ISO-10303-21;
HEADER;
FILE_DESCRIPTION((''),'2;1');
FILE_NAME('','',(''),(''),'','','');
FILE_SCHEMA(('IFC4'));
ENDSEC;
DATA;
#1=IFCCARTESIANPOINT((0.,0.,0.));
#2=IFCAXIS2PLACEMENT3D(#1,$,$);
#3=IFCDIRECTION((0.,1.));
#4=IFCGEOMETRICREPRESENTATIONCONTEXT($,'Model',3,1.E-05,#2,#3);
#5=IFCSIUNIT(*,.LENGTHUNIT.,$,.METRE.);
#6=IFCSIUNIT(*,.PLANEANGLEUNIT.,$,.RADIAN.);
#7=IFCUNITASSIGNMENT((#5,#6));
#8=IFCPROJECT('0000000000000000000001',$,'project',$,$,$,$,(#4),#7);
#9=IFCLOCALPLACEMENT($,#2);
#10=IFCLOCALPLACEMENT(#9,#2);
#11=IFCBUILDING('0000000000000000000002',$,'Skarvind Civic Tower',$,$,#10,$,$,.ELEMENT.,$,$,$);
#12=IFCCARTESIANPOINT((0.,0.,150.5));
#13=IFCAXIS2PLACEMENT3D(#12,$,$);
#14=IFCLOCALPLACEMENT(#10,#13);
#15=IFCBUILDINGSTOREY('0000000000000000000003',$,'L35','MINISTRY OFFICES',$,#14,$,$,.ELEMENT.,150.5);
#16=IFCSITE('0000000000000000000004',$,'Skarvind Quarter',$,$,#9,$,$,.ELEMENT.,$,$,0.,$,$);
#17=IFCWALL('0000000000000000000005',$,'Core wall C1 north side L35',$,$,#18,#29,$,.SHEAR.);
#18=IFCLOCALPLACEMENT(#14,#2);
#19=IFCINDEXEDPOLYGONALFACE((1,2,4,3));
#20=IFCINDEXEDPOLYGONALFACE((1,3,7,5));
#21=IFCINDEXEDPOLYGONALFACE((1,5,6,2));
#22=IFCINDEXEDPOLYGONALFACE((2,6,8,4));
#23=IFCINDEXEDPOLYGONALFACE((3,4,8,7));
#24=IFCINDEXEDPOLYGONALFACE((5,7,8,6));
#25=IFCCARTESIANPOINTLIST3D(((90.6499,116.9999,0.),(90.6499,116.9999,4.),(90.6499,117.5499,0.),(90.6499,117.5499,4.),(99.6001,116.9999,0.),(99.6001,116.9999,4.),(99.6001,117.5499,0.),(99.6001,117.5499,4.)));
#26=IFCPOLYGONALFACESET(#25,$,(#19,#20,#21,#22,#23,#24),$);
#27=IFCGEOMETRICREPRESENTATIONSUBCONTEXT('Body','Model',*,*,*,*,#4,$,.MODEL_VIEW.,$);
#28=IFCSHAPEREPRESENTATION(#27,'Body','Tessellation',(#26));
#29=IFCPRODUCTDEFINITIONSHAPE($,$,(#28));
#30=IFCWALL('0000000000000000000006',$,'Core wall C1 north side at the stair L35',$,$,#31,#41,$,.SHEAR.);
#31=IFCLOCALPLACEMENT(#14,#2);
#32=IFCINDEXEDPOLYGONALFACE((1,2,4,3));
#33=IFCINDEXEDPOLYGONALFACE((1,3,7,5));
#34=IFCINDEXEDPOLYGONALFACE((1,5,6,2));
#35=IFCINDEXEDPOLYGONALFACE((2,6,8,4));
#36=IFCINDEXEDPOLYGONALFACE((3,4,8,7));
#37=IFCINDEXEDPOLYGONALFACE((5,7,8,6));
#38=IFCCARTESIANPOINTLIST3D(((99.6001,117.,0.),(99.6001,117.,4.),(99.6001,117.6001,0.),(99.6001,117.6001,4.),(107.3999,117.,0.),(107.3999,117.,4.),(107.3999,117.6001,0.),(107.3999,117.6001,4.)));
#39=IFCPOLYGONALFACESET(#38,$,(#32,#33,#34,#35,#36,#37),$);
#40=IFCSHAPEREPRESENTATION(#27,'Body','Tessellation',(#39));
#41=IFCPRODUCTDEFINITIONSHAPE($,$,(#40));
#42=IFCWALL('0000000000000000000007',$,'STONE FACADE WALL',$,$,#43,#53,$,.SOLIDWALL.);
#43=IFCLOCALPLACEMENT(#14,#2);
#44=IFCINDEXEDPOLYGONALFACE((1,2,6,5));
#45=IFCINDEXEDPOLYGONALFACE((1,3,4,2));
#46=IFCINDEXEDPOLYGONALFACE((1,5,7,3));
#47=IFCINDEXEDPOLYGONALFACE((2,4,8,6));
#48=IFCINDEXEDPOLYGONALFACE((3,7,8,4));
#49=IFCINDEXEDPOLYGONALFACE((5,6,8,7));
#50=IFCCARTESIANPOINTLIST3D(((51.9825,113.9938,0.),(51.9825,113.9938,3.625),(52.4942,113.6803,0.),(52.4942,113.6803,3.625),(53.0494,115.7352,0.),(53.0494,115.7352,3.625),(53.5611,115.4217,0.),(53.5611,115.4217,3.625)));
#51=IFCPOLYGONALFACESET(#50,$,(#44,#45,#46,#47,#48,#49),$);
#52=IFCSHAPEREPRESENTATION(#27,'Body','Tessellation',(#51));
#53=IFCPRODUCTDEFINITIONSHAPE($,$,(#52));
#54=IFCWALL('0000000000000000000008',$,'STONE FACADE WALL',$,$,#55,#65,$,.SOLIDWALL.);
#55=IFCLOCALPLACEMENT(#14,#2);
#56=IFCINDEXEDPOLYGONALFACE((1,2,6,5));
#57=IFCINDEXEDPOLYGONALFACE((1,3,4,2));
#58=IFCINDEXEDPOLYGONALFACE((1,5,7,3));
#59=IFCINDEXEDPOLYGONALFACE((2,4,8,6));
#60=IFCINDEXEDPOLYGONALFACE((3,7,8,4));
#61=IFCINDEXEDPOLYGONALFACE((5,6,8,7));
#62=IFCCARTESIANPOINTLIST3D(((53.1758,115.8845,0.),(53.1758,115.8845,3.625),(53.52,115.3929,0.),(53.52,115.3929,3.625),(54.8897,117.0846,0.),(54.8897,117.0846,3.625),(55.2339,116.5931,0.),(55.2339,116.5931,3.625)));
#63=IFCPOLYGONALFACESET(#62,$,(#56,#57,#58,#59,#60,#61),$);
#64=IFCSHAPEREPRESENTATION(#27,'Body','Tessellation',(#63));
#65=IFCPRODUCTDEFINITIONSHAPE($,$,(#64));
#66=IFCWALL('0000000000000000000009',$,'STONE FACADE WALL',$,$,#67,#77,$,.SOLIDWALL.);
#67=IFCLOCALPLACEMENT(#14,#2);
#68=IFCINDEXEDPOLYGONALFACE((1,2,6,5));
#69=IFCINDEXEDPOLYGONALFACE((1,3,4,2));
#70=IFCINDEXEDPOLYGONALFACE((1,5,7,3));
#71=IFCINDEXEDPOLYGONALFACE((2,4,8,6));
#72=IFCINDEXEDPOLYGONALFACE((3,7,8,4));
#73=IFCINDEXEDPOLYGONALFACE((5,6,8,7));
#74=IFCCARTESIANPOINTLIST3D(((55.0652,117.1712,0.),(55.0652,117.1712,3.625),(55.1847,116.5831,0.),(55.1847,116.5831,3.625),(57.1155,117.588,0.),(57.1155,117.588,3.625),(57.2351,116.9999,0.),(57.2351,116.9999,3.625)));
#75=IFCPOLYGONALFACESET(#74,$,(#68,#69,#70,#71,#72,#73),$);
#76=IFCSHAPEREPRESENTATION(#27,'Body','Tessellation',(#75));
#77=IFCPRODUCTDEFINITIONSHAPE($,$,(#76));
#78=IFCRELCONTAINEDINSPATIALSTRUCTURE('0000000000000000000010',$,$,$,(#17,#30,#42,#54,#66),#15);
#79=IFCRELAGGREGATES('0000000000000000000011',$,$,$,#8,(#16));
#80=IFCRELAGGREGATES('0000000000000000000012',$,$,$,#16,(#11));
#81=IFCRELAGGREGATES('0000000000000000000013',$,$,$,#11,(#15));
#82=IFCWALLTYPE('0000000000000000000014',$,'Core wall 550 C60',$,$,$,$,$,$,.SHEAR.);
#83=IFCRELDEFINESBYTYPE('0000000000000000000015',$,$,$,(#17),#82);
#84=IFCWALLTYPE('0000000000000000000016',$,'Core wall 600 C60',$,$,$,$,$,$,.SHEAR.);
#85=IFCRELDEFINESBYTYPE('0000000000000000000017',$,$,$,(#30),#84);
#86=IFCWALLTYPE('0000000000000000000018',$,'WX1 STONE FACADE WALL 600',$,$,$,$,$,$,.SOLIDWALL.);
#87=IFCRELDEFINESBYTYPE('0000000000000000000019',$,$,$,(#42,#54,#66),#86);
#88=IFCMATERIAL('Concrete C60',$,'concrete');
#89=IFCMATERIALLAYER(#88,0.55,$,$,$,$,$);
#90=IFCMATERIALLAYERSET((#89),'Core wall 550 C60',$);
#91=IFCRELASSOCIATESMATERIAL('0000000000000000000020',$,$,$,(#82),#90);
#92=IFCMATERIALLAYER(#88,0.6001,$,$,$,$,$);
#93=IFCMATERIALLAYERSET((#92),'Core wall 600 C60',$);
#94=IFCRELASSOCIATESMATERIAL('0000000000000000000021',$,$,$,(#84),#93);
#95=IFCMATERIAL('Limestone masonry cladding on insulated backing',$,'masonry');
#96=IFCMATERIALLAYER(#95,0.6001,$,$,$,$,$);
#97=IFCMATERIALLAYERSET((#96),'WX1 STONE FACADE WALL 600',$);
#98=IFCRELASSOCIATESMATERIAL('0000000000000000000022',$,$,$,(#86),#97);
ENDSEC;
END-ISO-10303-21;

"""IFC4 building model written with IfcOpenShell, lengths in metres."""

from ifc_helpers import new_model, si_unit, direction, frame, frame_2d, origin, place, context, subcontext, project, spatial, rectangle, extrude, material, layer, layer_set, type_object, element, save


model = new_model("IFC4")

# Units and contexts
model_context = context("Model", 3, precision=1e-05, world=origin(), true_north=direction((0.0, 1.0)))
body_context = subcontext(model_context, "Body", "Model", "MODEL_VIEW")
ifc_project = project(units=[si_unit("LENGTHUNIT", "METRE"), si_unit("PLANEANGLEUNIT", "RADIAN")], contexts=[model_context])

# Site, building, storey
site_placement = place(None, origin())
site = spatial("IfcSite", under=ifc_project, at=site_placement, Name="Skarvind Quarter", CompositionType="ELEMENT", RefElevation=0.0)
building_placement = place(site_placement, origin())
building = spatial("IfcBuilding", under=site, at=building_placement, Name="Skarvind Civic Tower", CompositionType="ELEMENT")
storey_placement = place(building_placement, frame((0.0, 0.0, 150.5)))
storey = spatial("IfcBuildingStorey", under=building, at=storey_placement, Name="L35", Description="MINISTRY OFFICES", CompositionType="ELEMENT", Elevation=150.5)

# Walls
ifc_material_1 = material(Name="Concrete C60", Category="concrete")
ifc_layer_1 = layer(ifc_material_1, 0.55)
ifc_layer_set_1 = layer_set([ifc_layer_1], Name="Core wall 550 C60")
wall_type_1 = type_object("IfcWallType", Name="Core wall 550 C60", PredefinedType="SHEAR", material=ifc_layer_set_1)
wall_1_placement = place(storey_placement, frame((99.6001, 117.2749, 0.0), z_axis=(0.0, 0.0, 1.0), x_axis=(-1.0, 0.0, 0.0)))
element("IfcWall", 1, at=wall_1_placement, inside=storey, type_object=wall_type_1, Name="Core wall C1 north side L35", PredefinedType="SHEAR", context=body_context, shape_type="SweptSolid", body=[
    extrude(rectangle(XDim=8.9502, YDim=0.55, at=frame_2d((4.4751, 0.0))), origin(), (0.0, 0.0, 1.0), 4.0),
])
ifc_layer_2 = layer(ifc_material_1, 0.6001)
ifc_layer_set_2 = layer_set([ifc_layer_2], Name="Core wall 600 C60")
wall_type_2 = type_object("IfcWallType", Name="Core wall 600 C60", PredefinedType="SHEAR", material=ifc_layer_set_2)
wall_2_placement = place(storey_placement, frame((107.3999, 117.3, 0.0), z_axis=(0.0, 0.0, 1.0), x_axis=(-1.0, 0.0, 0.0)))
element("IfcWall", 2, at=wall_2_placement, inside=storey, type_object=wall_type_2, Name="Core wall C1 north side at the stair L35", PredefinedType="SHEAR", context=body_context, shape_type="SweptSolid", body=[
    extrude(rectangle(XDim=7.7998, YDim=0.6001, at=frame_2d((3.8999, 0.0))), origin(), (0.0, 0.0, 1.0), 4.0),
])
ifc_material_2 = material(Name="Limestone masonry cladding on insulated backing", Category="masonry")
ifc_layer_3 = layer(ifc_material_2, 0.6001)
ifc_layer_set_3 = layer_set([ifc_layer_3], Name="WX1 STONE FACADE WALL 600")
wall_type_3 = type_object("IfcWallType", Name="WX1 STONE FACADE WALL 600", PredefinedType="SOLIDWALL", material=ifc_layer_set_3)
wall_3_placement = place(storey_placement, frame((53.3052, 115.5784, 0.0), z_axis=(0.0, 0.0, 1.0), x_axis=(-0.522402, -0.852699, 0.0)))
element("IfcWall", 3, at=wall_3_placement, inside=storey, type_object=wall_type_3, Name="STONE FACADE WALL", PredefinedType="SOLIDWALL", context=body_context, shape_type="SweptSolid", body=[
    extrude(rectangle(XDim=2.0422, YDim=0.6001, at=frame_2d((1.021, 0.0))), origin(), (0.0, 0.0, 1.0), 3.625),
])
for number, where, z_axis, x_axis, name in (
    (4, (55.0618, 116.8389, 0.0), (0.0, 0.0, 1.0), (-0.819122, -0.573619, 0.0), "STONE FACADE WALL"),
    (5, (57.1753, 117.2939, 0.0), (0.0, 0.0, 1.0), (-0.979961, -0.199189, 0.0), "STONE FACADE WALL"),
):
    element("IfcWall", number, at=place(storey_placement, frame(where, z_axis=z_axis, x_axis=x_axis)), inside=storey, type_object=wall_type_3, Name=name, PredefinedType="SOLIDWALL", context=body_context, shape_type="SweptSolid", body=[
        extrude(rectangle(XDim=2.0923, YDim=0.6001, at=frame_2d((1.0461, 0.0))), origin(), (0.0, 0.0, 1.0), 3.625),
    ])

save(model, "model.ifc")
